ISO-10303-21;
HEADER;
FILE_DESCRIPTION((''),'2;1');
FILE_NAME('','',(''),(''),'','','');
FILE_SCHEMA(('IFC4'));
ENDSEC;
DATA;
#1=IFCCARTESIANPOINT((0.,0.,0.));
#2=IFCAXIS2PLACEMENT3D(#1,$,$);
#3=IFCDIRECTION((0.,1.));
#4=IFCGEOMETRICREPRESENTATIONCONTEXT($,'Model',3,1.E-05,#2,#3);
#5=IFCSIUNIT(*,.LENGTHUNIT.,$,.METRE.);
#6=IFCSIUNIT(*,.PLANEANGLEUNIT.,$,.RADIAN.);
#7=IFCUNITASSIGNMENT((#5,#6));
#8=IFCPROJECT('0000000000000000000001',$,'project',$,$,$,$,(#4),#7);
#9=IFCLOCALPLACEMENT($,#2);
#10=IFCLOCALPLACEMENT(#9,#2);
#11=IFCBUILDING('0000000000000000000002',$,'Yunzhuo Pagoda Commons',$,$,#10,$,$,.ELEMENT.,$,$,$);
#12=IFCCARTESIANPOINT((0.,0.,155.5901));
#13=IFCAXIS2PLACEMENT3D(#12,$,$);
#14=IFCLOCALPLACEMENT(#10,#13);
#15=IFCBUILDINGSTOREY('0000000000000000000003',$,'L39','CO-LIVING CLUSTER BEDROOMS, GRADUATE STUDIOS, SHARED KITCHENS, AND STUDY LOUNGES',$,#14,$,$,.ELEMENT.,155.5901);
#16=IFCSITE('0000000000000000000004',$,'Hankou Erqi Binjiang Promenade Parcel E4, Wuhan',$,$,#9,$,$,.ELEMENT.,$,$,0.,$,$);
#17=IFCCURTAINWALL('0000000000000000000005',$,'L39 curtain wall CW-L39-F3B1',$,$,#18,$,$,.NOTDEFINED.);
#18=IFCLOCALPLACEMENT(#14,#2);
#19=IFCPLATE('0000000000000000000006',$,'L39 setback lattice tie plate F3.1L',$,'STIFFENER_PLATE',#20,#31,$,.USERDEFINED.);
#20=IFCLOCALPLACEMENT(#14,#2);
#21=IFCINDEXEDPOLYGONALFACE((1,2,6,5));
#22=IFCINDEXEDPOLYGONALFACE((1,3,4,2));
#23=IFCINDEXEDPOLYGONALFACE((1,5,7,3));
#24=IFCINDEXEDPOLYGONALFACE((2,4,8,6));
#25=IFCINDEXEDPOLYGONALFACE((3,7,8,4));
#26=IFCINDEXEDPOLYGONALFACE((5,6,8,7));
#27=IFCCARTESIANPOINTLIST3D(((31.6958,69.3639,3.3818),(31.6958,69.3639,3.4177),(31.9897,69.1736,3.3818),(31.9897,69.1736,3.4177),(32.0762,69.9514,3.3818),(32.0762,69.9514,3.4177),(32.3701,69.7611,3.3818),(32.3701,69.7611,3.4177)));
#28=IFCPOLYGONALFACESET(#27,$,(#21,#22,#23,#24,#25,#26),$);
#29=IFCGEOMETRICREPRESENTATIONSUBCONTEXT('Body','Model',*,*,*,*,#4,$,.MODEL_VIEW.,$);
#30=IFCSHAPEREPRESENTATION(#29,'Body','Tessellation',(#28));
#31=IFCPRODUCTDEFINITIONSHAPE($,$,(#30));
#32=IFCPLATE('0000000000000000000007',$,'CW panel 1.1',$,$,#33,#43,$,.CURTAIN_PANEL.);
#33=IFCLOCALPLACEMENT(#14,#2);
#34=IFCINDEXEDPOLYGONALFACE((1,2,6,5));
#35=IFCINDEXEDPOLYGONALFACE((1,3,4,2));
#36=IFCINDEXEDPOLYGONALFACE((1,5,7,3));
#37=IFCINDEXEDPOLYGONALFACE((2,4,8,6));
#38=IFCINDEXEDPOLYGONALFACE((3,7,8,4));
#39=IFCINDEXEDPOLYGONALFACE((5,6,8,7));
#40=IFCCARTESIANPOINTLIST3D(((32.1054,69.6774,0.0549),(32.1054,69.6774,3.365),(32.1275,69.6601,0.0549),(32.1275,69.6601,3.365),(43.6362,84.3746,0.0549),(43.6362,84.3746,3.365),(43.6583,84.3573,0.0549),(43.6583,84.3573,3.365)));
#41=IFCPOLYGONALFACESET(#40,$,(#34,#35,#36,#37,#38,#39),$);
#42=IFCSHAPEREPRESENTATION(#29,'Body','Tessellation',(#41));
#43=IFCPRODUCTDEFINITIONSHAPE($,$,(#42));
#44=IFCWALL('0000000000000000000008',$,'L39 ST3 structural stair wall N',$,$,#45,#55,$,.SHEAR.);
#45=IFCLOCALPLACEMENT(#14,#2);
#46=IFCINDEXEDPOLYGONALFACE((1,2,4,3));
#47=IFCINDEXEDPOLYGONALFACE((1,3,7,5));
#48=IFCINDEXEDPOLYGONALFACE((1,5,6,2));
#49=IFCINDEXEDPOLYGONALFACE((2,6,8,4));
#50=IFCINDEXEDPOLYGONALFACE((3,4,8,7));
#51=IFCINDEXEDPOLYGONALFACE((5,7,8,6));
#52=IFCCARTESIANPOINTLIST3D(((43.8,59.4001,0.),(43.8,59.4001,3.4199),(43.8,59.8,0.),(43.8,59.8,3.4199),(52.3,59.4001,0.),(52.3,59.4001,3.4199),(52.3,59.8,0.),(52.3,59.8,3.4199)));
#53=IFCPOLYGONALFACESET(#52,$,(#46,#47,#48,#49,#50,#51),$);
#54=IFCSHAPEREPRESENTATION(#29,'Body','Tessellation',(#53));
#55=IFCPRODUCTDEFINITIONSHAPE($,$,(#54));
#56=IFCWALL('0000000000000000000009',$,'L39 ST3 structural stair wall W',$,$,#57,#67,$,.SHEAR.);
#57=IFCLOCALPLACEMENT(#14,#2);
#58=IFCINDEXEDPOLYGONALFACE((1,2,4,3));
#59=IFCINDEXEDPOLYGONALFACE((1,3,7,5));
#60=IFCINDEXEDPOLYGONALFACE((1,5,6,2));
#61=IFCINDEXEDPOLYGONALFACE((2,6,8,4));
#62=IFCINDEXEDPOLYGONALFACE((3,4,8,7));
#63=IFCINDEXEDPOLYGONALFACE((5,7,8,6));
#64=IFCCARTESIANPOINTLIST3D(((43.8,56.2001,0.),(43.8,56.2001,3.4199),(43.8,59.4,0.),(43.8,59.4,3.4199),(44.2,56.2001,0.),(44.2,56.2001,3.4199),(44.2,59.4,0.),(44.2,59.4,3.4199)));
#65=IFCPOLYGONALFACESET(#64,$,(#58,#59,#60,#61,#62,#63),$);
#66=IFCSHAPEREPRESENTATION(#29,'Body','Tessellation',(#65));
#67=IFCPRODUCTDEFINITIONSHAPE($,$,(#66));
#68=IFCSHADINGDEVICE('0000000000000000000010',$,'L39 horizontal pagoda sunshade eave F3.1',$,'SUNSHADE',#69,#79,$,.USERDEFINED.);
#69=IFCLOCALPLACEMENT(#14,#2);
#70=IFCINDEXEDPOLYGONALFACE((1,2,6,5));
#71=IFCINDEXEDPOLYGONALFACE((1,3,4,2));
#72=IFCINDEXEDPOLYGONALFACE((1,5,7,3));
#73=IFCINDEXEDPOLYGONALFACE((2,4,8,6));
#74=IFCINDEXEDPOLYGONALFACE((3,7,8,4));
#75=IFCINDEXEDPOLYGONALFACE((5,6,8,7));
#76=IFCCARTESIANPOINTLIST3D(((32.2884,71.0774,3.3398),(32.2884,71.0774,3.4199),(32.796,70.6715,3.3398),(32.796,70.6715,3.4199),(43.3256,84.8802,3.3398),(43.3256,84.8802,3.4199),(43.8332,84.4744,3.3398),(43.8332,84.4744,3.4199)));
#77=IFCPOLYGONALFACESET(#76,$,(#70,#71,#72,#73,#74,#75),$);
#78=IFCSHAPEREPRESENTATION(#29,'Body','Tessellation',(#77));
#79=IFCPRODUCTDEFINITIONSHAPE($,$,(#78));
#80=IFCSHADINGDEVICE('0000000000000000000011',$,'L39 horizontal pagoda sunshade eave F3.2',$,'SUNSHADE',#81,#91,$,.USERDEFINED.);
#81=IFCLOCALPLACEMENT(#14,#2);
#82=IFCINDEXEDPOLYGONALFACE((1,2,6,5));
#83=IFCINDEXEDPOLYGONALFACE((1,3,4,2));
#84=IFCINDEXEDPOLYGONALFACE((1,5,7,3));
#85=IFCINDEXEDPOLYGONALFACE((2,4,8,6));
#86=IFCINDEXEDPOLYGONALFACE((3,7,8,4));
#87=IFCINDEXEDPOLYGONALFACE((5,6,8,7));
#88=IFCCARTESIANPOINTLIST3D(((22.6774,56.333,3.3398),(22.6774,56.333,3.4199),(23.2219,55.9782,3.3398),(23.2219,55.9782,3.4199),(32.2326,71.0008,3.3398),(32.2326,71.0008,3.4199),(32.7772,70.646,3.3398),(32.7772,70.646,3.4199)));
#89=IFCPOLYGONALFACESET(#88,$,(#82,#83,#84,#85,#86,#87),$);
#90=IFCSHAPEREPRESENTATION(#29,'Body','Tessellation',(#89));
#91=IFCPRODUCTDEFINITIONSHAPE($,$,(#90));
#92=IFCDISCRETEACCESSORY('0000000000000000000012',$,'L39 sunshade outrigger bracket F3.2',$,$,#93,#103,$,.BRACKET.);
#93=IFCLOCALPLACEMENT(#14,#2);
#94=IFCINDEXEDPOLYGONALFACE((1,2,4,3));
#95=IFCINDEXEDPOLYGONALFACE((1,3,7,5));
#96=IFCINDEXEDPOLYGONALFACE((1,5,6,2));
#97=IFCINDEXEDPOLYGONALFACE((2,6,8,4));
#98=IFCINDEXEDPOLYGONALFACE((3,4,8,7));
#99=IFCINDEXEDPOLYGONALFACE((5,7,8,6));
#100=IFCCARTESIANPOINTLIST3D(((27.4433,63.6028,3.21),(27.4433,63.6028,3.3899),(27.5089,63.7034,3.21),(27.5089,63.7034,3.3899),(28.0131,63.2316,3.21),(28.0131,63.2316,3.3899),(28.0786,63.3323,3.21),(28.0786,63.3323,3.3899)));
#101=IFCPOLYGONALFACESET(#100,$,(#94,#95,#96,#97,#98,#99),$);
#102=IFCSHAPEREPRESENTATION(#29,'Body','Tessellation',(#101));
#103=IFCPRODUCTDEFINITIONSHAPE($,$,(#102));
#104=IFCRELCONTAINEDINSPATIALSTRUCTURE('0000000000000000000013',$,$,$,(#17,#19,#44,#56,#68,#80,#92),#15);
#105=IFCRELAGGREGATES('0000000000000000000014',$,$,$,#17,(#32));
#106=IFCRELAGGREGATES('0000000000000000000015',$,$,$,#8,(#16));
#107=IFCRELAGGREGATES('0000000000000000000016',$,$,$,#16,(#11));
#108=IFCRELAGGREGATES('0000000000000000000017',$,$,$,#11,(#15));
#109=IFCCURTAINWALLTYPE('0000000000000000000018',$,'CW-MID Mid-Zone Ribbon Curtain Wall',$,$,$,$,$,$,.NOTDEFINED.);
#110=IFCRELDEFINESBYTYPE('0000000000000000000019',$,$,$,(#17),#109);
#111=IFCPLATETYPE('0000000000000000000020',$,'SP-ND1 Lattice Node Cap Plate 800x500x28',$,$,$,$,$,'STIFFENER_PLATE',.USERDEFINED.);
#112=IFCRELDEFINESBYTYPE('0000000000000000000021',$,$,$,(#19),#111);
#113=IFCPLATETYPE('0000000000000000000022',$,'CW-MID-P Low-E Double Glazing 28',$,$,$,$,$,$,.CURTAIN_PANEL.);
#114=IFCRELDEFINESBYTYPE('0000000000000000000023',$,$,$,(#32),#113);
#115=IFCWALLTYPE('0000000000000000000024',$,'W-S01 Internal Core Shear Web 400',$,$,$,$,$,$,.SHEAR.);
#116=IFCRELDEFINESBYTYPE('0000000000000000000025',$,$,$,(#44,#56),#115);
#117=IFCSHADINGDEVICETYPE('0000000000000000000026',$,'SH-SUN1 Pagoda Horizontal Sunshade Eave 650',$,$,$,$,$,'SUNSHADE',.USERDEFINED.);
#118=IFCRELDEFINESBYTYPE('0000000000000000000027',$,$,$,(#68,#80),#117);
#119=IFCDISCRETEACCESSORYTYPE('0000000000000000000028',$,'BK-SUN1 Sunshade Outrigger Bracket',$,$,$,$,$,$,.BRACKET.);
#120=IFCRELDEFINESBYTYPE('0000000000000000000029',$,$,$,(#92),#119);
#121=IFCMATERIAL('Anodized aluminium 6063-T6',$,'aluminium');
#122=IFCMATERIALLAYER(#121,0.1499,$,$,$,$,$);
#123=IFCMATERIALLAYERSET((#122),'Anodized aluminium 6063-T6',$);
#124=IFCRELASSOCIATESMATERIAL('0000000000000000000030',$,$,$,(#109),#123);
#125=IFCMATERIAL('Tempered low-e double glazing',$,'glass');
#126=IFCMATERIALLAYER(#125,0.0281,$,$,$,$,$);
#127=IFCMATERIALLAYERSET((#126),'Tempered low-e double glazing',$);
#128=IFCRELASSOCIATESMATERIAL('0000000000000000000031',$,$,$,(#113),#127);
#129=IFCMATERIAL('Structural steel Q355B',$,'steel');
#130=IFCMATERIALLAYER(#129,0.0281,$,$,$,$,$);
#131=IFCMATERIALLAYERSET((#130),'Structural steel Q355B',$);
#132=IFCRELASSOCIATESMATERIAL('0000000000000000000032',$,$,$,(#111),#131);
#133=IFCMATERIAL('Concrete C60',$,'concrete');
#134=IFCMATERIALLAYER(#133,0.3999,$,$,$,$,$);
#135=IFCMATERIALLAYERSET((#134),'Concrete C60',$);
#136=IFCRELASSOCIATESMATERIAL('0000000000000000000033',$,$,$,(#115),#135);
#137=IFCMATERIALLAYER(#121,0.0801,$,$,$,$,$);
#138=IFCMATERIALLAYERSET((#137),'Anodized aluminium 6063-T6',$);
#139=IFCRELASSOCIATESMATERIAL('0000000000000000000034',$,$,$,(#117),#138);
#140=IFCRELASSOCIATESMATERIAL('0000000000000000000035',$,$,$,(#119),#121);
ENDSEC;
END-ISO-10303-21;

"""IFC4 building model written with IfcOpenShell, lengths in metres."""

from ifc_helpers import new_model, si_unit, direction, frame, frame_2d, origin, origin_2d, place, context, subcontext, project, spatial, rectangle, extrude, source, transform, mapped, material, layer, layer_set, type_object, element, aggregate, save


model = new_model("IFC4")

# Units and contexts
model_context = context("Model", 3, precision=1e-05, world=origin(), true_north=direction((0.0, 1.0)))
body_context = subcontext(model_context, "Body", "Model", "MODEL_VIEW")
ifc_project = project(units=[si_unit("LENGTHUNIT", "METRE"), si_unit("PLANEANGLEUNIT", "RADIAN")], contexts=[model_context])

# Site, building, storey
site_placement = place(None, origin())
site = spatial("IfcSite", under=ifc_project, at=site_placement, Name="Hankou Erqi Binjiang Promenade Parcel E4, Wuhan", CompositionType="ELEMENT", RefElevation=0.0)
building_placement = place(site_placement, origin())
building = spatial("IfcBuilding", under=site, at=building_placement, Name="Yunzhuo Pagoda Commons", CompositionType="ELEMENT")
storey_placement = place(building_placement, frame((0.0, 0.0, 155.5901)))
storey = spatial("IfcBuildingStorey", under=building, at=storey_placement, Name="L39", Description="CO-LIVING CLUSTER BEDROOMS, GRADUATE STUDIOS, SHARED KITCHENS, AND STUDY LOUNGES", CompositionType="ELEMENT", Elevation=155.5901)

# Shared definitions
ifc_material_1 = material(Name="Structural steel Q355B", Category="steel")

# Curtain wall
ifc_material_2 = material(Name="Anodized aluminium 6063-T6", Category="aluminium")
ifc_layer_1 = layer(ifc_material_2, 0.1499)
ifc_layer_set_1 = layer_set([ifc_layer_1], Name="Anodized aluminium 6063-T6")
curtain_wall_type = type_object("IfcCurtainWallType", Name="CW-MID Mid-Zone Ribbon Curtain Wall", PredefinedType="NOTDEFINED", material=ifc_layer_set_1)
curtain_wall_1_placement = place(storey_placement, origin())
curtain_wall_1 = element("IfcCurtainWall", 1, at=curtain_wall_1_placement, inside=storey, type_object=curtain_wall_type, Name="L39 curtain wall CW-L39-F3B1", PredefinedType="NOTDEFINED")

# Plates
ifc_material_3 = material(Name="Tempered low-e double glazing", Category="glass")
ifc_layer_2 = layer(ifc_material_3, 0.0281)
ifc_layer_set_2 = layer_set([ifc_layer_2], Name="Tempered low-e double glazing")
plate_type_1 = type_object("IfcPlateType", Name="CW-MID-P Low-E Double Glazing 28", PredefinedType="CURTAIN_PANEL", material=ifc_layer_set_2)
ifc_layer_3 = layer(ifc_material_1, 0.0281)
ifc_layer_set_3 = layer_set([ifc_layer_3], Name="Structural steel Q355B")
plate_type_2 = type_object("IfcPlateType", Name="SP-ND1 Lattice Node Cap Plate 800x500x28", ElementType="STIFFENER_PLATE", PredefinedType="USERDEFINED", material=ifc_layer_set_3)
shared_shape_1 = source(origin(), body_context, "Body", "SweptSolid", [
    extrude(rectangle(XDim=0.7, YDim=0.3501, at=origin_2d()), origin(), (0.0, 0.0, 1.0), 0.0359),
])
plate_1_placement = place(storey_placement, frame((32.033, 69.5625, 3.3818), z_axis=(0.0, 0.0, 1.0), x_axis=(-0.543526, -0.839392, 0.0)))
element("IfcPlate", 2, at=plate_1_placement, inside=storey, type_object=plate_type_2, Name="L39 setback lattice tie plate F3.1L", ObjectType="STIFFENER_PLATE", PredefinedType="USERDEFINED", context=body_context, shape_type="MappedRepresentation", body=[
    mapped(shared_shape_1, transform((0.0, 0.0, 0.0), scale=1.0)),
])
shared_shape_2 = source(origin(), body_context, "Body", "SweptSolid", [
    extrude(rectangle(XDim=18.6807, YDim=0.0281, at=origin_2d()), origin(), (0.0, 0.0, 1.0), 3.3101),
])
plate_2_placement = place(storey_placement, frame((37.8818, 77.0173, 0.0549), z_axis=(0.0, 0.0, 1.0), x_axis=(-0.61726, -0.786759, 0.0)))
plate_2 = element("IfcPlate", 3, at=plate_2_placement, type_object=plate_type_1, Name="CW panel 1.1", PredefinedType="CURTAIN_PANEL", context=body_context, shape_type="MappedRepresentation", body=[
    mapped(shared_shape_2, transform((0.0, 0.0, 0.0), scale=1.0)),
])
aggregate(curtain_wall_1, [plate_2])

# Walls
ifc_material_4 = material(Name="Concrete C60", Category="concrete")
ifc_layer_4 = layer(ifc_material_4, 0.3999)
ifc_layer_set_4 = layer_set([ifc_layer_4], Name="Concrete C60")
wall_type = type_object("IfcWallType", Name="W-S01 Internal Core Shear Web 400", PredefinedType="SHEAR", material=ifc_layer_set_4)
wall_1_placement = place(storey_placement, frame((43.8, 59.6001, 0.0), z_axis=(0.0, 0.0, 1.0), x_axis=(1.0, 0.0, 0.0)))
element("IfcWall", 4, at=wall_1_placement, inside=storey, type_object=wall_type, Name="L39 ST3 structural stair wall N", PredefinedType="SHEAR", context=body_context, shape_type="SweptSolid", body=[
    extrude(rectangle(XDim=8.5, YDim=0.3999, at=frame_2d((4.25, 0.0))), origin(), (0.0, 0.0, 1.0), 3.4199),
])
wall_2_placement = place(storey_placement, frame((44.0, 56.2, 0.0), z_axis=(0.0, 0.0, 1.0), x_axis=(0.0, 1.0, 0.0)))
element("IfcWall", 5, at=wall_2_placement, inside=storey, type_object=wall_type, Name="L39 ST3 structural stair wall W", PredefinedType="SHEAR", context=body_context, shape_type="SweptSolid", body=[
    extrude(rectangle(XDim=3.2, YDim=0.3999, at=frame_2d((1.6001, 0.0))), origin(), (0.0, 0.0, 1.0), 3.4199),
])

# Shading devices
ifc_layer_5 = layer(ifc_material_2, 0.0801)
ifc_layer_set_5 = layer_set([ifc_layer_5], Name="Anodized aluminium 6063-T6")
shading_device_type = type_object("IfcShadingDeviceType", Name="SH-SUN1 Pagoda Horizontal Sunshade Eave 650", ElementType="SUNSHADE", PredefinedType="USERDEFINED", material=ifc_layer_set_5)
shared_shape_3 = source(origin(), body_context, "Body", "SweptSolid", [
    extrude(rectangle(XDim=17.6731, YDim=0.6499, at=origin_2d()), origin(), (0.0, 0.0, 1.0), 0.0801),
])
shading_device_1_placement = place(storey_placement, frame((38.0608, 77.7759, 3.3398), z_axis=(0.0, 0.0, 1.0), x_axis=(-0.62452, -0.781008, 0.0)))
element("IfcShadingDevice", 6, at=shading_device_1_placement, inside=storey, type_object=shading_device_type, Name="L39 horizontal pagoda sunshade eave F3.1", ObjectType="SUNSHADE", PredefinedType="USERDEFINED", context=body_context, shape_type="MappedRepresentation", body=[
    mapped(shared_shape_3, transform((0.0, 0.0, 0.0), scale=1.0)),
])
shared_shape_4 = source(origin(), body_context, "Body", "SweptSolid", [
    extrude(rectangle(XDim=17.5056, YDim=0.6499, at=origin_2d()), origin(), (0.0, 0.0, 1.0), 0.0801),
])
shading_device_2_placement = place(storey_placement, frame((27.7273, 63.4895, 3.3398), z_axis=(0.0, 0.0, 1.0), x_axis=(-0.545839, -0.83789, 0.0)))
element("IfcShadingDevice", 7, at=shading_device_2_placement, inside=storey, type_object=shading_device_type, Name="L39 horizontal pagoda sunshade eave F3.2", ObjectType="SUNSHADE", PredefinedType="USERDEFINED", context=body_context, shape_type="MappedRepresentation", body=[
    mapped(shared_shape_4, transform((0.0, 0.0, 0.0), scale=1.0)),
])

# Discrete accessory
discrete_accessory_type = type_object("IfcDiscreteAccessoryType", Name="BK-SUN1 Sunshade Outrigger Bracket", PredefinedType="BRACKET", material=ifc_material_2)
shared_shape_5 = source(origin(), body_context, "Body", "SweptSolid", [
    extrude(rectangle(XDim=0.1201, YDim=0.6799, at=origin_2d()), origin(), (0.0, 0.0, 1.0), 0.1799),
])
discrete_accessory_placement = place(storey_placement, frame((27.761, 63.4675, 3.21), z_axis=(0.0, 0.0, 1.0), x_axis=(-0.545839, -0.83789, 0.0)))
element("IfcDiscreteAccessory", 8, at=discrete_accessory_placement, inside=storey, type_object=discrete_accessory_type, Name="L39 sunshade outrigger bracket F3.2", PredefinedType="BRACKET", context=body_context, shape_type="MappedRepresentation", body=[
    mapped(shared_shape_5, transform((0.0, 0.0, 0.0), scale=1.0)),
])

save(model, "model.ifc")
